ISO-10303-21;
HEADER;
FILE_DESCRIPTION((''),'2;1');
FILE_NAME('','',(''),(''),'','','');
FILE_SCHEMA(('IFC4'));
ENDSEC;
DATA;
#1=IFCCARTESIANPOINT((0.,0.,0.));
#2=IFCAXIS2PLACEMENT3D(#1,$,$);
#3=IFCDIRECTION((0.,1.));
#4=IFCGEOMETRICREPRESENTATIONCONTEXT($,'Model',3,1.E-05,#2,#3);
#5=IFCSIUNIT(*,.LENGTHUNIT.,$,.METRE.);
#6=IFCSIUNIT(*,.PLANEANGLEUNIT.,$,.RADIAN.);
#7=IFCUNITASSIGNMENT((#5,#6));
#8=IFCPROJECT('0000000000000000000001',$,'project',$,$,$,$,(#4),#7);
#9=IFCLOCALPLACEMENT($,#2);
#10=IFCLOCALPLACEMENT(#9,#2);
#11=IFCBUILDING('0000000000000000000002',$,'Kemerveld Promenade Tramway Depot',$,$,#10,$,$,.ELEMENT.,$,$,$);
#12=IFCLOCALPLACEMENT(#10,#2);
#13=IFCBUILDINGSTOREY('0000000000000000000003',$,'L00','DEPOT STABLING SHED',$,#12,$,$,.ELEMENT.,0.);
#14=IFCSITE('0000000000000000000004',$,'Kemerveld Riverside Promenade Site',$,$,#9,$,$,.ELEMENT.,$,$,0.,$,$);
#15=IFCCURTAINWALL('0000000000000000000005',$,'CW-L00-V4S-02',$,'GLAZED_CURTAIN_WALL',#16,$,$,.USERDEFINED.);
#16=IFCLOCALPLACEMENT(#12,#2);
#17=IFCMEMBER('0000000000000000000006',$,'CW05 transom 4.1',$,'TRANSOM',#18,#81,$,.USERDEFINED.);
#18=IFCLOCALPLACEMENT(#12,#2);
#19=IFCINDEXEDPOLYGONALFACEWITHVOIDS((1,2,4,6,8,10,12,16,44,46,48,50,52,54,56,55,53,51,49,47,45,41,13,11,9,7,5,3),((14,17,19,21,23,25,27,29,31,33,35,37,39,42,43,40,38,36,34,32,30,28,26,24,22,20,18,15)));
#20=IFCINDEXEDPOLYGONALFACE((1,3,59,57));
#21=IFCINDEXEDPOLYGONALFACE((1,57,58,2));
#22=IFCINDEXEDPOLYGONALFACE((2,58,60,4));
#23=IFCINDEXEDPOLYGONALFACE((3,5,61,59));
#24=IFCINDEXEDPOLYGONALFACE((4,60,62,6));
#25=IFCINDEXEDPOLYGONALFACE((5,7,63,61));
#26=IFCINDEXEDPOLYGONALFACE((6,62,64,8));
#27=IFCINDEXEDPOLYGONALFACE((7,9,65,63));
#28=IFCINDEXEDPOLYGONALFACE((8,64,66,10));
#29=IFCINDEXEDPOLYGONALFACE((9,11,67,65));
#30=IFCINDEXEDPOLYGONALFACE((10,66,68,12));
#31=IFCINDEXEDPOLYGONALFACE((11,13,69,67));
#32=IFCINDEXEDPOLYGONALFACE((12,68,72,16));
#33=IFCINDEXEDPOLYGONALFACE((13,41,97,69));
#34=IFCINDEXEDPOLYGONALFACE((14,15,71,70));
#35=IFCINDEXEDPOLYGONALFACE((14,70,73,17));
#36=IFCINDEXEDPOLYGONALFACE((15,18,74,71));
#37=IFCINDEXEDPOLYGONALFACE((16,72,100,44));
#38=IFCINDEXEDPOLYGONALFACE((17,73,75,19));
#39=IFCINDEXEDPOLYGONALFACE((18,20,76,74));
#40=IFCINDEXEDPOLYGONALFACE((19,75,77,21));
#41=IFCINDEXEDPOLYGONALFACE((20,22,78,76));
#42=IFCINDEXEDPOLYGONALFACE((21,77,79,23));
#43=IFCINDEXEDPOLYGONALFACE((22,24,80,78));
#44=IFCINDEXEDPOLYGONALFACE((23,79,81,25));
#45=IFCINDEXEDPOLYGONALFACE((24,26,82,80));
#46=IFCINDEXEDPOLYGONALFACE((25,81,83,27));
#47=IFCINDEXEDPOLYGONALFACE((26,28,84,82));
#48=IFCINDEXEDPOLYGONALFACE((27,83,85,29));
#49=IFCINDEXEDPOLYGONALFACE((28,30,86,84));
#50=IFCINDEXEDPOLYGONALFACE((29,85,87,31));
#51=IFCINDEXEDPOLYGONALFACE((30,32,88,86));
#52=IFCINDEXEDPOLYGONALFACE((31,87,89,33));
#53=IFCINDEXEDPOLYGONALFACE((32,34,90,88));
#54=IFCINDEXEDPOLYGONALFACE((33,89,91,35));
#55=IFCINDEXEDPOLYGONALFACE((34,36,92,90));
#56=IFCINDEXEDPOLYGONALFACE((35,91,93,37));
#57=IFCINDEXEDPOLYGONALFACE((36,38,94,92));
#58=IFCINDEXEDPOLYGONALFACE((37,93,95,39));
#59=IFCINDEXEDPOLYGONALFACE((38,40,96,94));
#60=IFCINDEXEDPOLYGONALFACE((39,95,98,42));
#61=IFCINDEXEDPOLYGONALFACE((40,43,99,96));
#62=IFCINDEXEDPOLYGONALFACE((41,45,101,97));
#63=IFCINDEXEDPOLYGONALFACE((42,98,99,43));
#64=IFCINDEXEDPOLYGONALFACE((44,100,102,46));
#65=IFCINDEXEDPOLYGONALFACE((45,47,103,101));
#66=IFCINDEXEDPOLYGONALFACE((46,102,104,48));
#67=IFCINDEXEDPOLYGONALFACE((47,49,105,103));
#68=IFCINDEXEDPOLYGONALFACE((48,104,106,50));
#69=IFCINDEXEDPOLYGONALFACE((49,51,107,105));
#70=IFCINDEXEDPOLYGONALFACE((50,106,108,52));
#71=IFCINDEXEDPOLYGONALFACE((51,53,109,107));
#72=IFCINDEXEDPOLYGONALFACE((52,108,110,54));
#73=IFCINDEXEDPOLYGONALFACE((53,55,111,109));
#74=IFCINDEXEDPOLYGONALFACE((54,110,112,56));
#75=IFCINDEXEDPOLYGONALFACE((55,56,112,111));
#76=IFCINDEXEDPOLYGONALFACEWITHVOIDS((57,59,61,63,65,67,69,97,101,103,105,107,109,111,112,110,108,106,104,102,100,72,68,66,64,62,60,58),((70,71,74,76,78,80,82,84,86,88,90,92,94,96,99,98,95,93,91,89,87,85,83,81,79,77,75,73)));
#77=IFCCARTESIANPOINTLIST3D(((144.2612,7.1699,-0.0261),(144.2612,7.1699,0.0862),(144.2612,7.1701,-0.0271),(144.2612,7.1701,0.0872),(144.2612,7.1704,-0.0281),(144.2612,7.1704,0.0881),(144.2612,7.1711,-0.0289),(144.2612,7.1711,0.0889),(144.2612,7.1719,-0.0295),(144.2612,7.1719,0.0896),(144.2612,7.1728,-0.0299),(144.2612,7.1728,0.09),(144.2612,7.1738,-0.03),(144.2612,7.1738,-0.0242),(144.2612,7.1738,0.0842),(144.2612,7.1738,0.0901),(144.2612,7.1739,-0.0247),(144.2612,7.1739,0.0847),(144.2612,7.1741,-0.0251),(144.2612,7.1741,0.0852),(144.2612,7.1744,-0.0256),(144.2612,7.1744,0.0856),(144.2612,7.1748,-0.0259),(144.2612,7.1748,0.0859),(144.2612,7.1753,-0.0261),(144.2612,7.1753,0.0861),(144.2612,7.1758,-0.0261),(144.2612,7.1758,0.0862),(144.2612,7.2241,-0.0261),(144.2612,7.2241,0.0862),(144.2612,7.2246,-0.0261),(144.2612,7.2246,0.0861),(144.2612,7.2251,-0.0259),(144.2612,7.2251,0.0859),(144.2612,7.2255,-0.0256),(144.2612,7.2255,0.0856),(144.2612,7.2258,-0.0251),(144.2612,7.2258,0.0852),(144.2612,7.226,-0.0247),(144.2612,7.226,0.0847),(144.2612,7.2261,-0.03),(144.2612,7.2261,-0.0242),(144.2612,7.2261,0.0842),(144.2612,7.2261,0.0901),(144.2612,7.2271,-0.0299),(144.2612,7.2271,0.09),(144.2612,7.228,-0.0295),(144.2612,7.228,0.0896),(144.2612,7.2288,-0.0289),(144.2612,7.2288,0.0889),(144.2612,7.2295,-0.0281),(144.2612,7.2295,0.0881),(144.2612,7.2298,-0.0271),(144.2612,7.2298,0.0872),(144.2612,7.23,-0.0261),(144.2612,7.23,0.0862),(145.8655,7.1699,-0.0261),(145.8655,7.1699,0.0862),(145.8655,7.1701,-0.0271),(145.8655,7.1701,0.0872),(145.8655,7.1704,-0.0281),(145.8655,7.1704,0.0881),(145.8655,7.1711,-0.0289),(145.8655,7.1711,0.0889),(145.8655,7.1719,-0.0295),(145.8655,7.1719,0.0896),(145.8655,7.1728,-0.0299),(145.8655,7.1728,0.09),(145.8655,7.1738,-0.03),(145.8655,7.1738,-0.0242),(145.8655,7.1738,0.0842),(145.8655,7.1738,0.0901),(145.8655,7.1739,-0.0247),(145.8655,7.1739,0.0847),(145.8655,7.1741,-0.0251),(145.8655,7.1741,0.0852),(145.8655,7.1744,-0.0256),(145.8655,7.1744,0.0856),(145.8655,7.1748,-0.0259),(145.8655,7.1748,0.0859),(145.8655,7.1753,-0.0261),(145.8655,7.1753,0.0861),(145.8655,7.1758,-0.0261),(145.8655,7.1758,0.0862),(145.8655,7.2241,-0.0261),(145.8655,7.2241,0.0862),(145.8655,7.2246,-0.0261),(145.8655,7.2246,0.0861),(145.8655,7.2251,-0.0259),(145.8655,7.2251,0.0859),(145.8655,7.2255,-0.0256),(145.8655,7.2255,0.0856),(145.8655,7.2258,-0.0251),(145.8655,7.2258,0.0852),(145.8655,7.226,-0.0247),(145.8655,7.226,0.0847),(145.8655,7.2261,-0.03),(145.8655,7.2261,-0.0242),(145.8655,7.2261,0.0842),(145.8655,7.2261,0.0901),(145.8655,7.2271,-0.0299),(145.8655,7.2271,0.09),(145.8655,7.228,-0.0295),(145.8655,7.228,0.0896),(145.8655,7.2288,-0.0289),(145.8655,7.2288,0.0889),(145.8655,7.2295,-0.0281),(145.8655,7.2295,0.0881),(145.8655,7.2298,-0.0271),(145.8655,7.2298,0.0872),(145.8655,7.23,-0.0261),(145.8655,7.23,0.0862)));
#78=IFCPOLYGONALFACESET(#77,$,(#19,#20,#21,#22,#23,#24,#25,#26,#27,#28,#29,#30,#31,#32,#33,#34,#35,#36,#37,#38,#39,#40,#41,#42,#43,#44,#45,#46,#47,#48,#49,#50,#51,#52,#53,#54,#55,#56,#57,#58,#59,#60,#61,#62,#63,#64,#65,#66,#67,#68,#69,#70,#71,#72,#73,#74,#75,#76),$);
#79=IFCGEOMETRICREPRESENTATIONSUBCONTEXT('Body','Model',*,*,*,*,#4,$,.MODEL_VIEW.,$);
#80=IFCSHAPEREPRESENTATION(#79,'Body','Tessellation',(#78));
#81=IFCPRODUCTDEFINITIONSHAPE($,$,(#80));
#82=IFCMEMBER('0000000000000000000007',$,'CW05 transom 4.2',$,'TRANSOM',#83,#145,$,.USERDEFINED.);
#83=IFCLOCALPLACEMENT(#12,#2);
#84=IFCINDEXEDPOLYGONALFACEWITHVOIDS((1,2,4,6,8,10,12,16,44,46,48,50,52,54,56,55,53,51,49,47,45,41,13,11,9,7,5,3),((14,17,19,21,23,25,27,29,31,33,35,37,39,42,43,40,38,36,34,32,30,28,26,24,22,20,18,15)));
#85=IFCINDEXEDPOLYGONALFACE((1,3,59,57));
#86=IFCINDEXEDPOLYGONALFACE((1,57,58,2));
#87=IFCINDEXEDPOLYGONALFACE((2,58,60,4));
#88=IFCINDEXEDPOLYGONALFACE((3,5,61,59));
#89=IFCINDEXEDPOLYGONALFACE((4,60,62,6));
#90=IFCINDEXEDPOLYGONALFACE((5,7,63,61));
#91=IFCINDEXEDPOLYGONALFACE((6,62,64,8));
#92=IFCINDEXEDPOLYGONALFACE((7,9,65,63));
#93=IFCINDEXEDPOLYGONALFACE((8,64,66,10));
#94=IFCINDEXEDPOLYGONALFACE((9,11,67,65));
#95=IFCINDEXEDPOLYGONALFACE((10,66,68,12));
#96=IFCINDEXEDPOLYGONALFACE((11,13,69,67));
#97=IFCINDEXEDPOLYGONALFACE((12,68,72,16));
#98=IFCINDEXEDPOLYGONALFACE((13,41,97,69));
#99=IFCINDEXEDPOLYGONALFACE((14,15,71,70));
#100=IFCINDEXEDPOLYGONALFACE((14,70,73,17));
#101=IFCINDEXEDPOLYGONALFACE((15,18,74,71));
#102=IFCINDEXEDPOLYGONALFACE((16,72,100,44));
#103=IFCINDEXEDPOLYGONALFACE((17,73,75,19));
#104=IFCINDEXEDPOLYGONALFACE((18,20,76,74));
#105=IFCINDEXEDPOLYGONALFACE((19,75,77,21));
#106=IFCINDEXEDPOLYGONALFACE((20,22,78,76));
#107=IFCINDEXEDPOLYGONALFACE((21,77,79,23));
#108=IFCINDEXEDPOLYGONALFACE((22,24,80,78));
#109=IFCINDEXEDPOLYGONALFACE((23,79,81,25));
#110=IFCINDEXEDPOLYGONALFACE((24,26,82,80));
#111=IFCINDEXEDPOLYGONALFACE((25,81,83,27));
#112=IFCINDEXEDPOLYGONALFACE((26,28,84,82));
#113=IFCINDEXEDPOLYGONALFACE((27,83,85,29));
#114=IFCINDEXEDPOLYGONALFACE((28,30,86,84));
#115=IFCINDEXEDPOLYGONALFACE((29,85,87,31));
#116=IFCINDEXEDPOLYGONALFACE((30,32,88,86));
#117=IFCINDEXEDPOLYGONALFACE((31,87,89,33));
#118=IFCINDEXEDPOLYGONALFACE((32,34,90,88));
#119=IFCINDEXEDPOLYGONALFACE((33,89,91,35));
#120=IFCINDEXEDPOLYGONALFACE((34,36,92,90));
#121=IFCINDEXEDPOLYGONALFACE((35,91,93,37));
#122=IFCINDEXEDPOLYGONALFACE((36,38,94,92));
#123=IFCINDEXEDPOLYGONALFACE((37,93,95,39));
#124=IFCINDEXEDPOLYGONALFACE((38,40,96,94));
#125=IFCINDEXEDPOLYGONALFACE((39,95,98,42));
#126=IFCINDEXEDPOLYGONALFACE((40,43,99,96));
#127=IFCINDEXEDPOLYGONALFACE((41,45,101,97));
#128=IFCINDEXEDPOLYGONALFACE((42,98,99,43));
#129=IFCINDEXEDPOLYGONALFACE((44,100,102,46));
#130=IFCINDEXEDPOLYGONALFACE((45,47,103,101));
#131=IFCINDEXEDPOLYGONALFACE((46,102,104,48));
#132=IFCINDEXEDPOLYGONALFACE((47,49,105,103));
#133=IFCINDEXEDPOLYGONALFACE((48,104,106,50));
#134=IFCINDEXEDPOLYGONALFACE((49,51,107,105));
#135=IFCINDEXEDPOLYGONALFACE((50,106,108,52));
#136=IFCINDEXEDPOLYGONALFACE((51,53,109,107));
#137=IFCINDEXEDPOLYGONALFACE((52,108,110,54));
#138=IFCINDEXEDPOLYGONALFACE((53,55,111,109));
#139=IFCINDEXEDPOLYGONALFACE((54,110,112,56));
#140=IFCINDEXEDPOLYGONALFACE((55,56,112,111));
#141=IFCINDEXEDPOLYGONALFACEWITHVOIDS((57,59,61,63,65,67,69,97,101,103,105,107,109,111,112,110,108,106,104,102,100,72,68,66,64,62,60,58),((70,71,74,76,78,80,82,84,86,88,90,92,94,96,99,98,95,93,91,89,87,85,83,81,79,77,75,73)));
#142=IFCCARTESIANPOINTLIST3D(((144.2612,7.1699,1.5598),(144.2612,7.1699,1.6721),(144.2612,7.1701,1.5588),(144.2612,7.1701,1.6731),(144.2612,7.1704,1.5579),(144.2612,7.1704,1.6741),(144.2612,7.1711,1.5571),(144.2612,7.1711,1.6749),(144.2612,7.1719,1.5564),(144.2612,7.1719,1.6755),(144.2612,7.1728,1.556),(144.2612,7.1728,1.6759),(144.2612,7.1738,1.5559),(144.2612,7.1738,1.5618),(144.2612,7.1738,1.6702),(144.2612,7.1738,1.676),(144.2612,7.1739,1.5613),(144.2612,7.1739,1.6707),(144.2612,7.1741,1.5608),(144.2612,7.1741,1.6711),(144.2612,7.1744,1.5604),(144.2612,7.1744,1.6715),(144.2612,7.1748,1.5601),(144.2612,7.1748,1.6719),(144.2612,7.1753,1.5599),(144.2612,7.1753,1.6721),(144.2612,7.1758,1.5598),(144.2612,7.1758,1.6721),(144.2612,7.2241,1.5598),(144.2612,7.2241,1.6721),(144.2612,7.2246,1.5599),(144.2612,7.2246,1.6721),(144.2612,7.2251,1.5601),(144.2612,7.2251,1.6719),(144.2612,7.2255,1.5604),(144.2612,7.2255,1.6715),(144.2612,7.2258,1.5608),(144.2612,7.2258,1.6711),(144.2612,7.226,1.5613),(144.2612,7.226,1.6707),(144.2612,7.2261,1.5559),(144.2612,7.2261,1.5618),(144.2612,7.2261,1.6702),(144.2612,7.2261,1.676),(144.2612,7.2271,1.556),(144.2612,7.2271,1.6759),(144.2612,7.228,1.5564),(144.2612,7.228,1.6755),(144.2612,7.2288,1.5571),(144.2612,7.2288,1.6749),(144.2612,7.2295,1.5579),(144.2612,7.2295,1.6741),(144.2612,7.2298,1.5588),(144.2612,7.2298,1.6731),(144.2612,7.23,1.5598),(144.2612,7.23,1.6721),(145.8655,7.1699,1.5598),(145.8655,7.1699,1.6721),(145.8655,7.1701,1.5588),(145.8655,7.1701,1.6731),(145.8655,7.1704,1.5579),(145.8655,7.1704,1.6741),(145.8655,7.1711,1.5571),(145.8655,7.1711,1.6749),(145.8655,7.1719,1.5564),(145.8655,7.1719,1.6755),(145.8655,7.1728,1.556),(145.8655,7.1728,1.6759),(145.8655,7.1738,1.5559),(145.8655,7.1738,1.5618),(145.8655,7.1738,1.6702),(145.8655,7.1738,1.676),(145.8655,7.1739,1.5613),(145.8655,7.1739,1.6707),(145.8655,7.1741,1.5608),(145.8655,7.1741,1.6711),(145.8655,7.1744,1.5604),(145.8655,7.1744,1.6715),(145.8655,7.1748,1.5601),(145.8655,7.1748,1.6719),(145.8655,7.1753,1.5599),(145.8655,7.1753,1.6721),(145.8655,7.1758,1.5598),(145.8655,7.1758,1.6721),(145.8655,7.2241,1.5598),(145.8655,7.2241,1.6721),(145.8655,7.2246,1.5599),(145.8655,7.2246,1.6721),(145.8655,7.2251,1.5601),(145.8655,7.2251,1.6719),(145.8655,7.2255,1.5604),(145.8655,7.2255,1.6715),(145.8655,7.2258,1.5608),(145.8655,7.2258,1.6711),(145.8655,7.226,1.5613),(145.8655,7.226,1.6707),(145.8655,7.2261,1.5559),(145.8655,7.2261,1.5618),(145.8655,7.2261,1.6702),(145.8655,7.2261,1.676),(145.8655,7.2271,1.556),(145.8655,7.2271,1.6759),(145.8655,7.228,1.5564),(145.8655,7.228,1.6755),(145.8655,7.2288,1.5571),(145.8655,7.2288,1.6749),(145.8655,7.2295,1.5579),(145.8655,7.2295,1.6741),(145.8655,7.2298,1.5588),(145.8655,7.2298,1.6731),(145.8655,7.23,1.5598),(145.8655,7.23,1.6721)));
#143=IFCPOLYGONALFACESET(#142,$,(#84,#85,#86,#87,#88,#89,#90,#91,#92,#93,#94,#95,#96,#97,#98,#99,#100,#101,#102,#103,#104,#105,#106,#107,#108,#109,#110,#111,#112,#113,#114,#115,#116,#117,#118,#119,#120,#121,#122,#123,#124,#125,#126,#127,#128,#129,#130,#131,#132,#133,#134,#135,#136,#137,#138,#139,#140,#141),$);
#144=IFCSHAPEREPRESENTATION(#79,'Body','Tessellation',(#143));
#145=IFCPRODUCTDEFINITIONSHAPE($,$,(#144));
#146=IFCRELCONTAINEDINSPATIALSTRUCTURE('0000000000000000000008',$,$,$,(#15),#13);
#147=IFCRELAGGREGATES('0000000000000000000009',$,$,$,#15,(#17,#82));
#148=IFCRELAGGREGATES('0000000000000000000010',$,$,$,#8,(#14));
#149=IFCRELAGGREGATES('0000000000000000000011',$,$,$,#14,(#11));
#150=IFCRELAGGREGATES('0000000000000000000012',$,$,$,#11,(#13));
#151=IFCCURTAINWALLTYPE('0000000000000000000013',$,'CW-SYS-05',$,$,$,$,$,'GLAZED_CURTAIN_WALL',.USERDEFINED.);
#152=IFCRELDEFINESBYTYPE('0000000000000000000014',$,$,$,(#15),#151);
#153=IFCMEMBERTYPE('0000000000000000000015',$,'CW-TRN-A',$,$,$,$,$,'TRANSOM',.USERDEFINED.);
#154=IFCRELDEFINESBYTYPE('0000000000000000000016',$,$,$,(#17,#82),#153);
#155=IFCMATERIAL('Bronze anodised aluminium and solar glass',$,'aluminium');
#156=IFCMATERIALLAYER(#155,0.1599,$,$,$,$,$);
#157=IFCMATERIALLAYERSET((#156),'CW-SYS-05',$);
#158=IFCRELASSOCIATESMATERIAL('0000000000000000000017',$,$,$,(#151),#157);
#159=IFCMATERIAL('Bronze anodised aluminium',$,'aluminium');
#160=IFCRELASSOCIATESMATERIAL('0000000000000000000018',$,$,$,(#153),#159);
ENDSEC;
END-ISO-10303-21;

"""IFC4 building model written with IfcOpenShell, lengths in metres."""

from ifc_helpers import new_model, si_unit, direction, frame, origin, origin_2d, place, context, subcontext, project, spatial, hollow_rectangle, extrude, material, layer, layer_set, material_profile, profile_set, type_object, element, aggregate, save


model = new_model("IFC4")

# Units and contexts
model_context = context("Model", 3, precision=1e-05, world=origin(), true_north=direction((0.0, 1.0)))
body_context = subcontext(model_context, "Body", "Model", "MODEL_VIEW")
ifc_project = project(units=[si_unit("LENGTHUNIT", "METRE"), si_unit("PLANEANGLEUNIT", "RADIAN")], contexts=[model_context])

# Site, building, storey
site_placement = place(None, origin())
site = spatial("IfcSite", under=ifc_project, at=site_placement, Name="Kemerveld Riverside Promenade Site", CompositionType="ELEMENT", RefElevation=0.0)
building_placement = place(site_placement, origin())
building = spatial("IfcBuilding", under=site, at=building_placement, Name="Kemerveld Promenade Tramway Depot", CompositionType="ELEMENT")
storey_placement = place(building_placement, origin())
storey = spatial("IfcBuildingStorey", under=building, at=storey_placement, Name="L00", Description="DEPOT STABLING SHED", CompositionType="ELEMENT", Elevation=0.0)

# Curtain wall, members
ifc_material_1 = material(Name="Bronze anodised aluminium and solar glass", Category="aluminium")
ifc_layer_1 = layer(ifc_material_1, 0.1599)
ifc_layer_set_1 = layer_set([ifc_layer_1], Name="CW-SYS-05")
curtain_wall_type = type_object("IfcCurtainWallType", Name="CW-SYS-05", ElementType="GLAZED_CURTAIN_WALL", PredefinedType="USERDEFINED", material=ifc_layer_set_1)
curtain_wall_placement = place(storey_placement, origin())
curtain_wall = element("IfcCurtainWall", 1, at=curtain_wall_placement, inside=storey, type_object=curtain_wall_type, Name="CW-L00-V4S-02", ObjectType="GLAZED_CURTAIN_WALL", PredefinedType="USERDEFINED")
ifc_material_2 = material(Name="Bronze anodised aluminium", Category="aluminium")
ifc_material_profile_1 = material_profile(ifc_material_2, hollow_rectangle(XDim=0.0601, YDim=0.1201, WallThickness=0.0039, InnerFilletRadius=0.002, OuterFilletRadius=0.0039, at=origin_2d()), Name="CW-TRN-120x60")
ifc_profile_set_1 = profile_set([ifc_material_profile_1], Name="Bronze anodised aluminium")
member_type_1 = type_object("IfcMemberType", Name="CW-TRN-A", ElementType="TRANSOM", PredefinedType="USERDEFINED", material=ifc_profile_set_1)
member_1_placement = place(storey_placement, frame((145.8655, 7.2, 0.03), z_axis=(-1.0, 0.0, 0.0), x_axis=(0.0, -1.0, 0.0)))
member_1 = element("IfcMember", 2, at=member_1_placement, type_object=member_type_1, Name="CW05 transom 4.1", ObjectType="TRANSOM", PredefinedType="USERDEFINED", context=body_context, shape_type="SweptSolid", body=[
    extrude(hollow_rectangle(XDim=0.0601, YDim=0.1201, WallThickness=0.0039, InnerFilletRadius=0.002, OuterFilletRadius=0.0039, at=origin_2d()), origin(), (0.0, 0.0, 1.0), 1.6042),
])
member_2_placement = place(storey_placement, frame((145.8655, 7.2, 1.616), z_axis=(-1.0, 0.0, 0.0), x_axis=(0.0, -1.0, 0.0)))
member_2 = element("IfcMember", 3, at=member_2_placement, type_object=member_type_1, Name="CW05 transom 4.2", ObjectType="TRANSOM", PredefinedType="USERDEFINED", context=body_context, shape_type="SweptSolid", body=[
    extrude(hollow_rectangle(XDim=0.0601, YDim=0.1201, WallThickness=0.0039, InnerFilletRadius=0.002, OuterFilletRadius=0.0039, at=origin_2d()), origin(), (0.0, 0.0, 1.0), 1.6042),
])
aggregate(curtain_wall, [member_1, member_2])

save(model, "model.ifc")
